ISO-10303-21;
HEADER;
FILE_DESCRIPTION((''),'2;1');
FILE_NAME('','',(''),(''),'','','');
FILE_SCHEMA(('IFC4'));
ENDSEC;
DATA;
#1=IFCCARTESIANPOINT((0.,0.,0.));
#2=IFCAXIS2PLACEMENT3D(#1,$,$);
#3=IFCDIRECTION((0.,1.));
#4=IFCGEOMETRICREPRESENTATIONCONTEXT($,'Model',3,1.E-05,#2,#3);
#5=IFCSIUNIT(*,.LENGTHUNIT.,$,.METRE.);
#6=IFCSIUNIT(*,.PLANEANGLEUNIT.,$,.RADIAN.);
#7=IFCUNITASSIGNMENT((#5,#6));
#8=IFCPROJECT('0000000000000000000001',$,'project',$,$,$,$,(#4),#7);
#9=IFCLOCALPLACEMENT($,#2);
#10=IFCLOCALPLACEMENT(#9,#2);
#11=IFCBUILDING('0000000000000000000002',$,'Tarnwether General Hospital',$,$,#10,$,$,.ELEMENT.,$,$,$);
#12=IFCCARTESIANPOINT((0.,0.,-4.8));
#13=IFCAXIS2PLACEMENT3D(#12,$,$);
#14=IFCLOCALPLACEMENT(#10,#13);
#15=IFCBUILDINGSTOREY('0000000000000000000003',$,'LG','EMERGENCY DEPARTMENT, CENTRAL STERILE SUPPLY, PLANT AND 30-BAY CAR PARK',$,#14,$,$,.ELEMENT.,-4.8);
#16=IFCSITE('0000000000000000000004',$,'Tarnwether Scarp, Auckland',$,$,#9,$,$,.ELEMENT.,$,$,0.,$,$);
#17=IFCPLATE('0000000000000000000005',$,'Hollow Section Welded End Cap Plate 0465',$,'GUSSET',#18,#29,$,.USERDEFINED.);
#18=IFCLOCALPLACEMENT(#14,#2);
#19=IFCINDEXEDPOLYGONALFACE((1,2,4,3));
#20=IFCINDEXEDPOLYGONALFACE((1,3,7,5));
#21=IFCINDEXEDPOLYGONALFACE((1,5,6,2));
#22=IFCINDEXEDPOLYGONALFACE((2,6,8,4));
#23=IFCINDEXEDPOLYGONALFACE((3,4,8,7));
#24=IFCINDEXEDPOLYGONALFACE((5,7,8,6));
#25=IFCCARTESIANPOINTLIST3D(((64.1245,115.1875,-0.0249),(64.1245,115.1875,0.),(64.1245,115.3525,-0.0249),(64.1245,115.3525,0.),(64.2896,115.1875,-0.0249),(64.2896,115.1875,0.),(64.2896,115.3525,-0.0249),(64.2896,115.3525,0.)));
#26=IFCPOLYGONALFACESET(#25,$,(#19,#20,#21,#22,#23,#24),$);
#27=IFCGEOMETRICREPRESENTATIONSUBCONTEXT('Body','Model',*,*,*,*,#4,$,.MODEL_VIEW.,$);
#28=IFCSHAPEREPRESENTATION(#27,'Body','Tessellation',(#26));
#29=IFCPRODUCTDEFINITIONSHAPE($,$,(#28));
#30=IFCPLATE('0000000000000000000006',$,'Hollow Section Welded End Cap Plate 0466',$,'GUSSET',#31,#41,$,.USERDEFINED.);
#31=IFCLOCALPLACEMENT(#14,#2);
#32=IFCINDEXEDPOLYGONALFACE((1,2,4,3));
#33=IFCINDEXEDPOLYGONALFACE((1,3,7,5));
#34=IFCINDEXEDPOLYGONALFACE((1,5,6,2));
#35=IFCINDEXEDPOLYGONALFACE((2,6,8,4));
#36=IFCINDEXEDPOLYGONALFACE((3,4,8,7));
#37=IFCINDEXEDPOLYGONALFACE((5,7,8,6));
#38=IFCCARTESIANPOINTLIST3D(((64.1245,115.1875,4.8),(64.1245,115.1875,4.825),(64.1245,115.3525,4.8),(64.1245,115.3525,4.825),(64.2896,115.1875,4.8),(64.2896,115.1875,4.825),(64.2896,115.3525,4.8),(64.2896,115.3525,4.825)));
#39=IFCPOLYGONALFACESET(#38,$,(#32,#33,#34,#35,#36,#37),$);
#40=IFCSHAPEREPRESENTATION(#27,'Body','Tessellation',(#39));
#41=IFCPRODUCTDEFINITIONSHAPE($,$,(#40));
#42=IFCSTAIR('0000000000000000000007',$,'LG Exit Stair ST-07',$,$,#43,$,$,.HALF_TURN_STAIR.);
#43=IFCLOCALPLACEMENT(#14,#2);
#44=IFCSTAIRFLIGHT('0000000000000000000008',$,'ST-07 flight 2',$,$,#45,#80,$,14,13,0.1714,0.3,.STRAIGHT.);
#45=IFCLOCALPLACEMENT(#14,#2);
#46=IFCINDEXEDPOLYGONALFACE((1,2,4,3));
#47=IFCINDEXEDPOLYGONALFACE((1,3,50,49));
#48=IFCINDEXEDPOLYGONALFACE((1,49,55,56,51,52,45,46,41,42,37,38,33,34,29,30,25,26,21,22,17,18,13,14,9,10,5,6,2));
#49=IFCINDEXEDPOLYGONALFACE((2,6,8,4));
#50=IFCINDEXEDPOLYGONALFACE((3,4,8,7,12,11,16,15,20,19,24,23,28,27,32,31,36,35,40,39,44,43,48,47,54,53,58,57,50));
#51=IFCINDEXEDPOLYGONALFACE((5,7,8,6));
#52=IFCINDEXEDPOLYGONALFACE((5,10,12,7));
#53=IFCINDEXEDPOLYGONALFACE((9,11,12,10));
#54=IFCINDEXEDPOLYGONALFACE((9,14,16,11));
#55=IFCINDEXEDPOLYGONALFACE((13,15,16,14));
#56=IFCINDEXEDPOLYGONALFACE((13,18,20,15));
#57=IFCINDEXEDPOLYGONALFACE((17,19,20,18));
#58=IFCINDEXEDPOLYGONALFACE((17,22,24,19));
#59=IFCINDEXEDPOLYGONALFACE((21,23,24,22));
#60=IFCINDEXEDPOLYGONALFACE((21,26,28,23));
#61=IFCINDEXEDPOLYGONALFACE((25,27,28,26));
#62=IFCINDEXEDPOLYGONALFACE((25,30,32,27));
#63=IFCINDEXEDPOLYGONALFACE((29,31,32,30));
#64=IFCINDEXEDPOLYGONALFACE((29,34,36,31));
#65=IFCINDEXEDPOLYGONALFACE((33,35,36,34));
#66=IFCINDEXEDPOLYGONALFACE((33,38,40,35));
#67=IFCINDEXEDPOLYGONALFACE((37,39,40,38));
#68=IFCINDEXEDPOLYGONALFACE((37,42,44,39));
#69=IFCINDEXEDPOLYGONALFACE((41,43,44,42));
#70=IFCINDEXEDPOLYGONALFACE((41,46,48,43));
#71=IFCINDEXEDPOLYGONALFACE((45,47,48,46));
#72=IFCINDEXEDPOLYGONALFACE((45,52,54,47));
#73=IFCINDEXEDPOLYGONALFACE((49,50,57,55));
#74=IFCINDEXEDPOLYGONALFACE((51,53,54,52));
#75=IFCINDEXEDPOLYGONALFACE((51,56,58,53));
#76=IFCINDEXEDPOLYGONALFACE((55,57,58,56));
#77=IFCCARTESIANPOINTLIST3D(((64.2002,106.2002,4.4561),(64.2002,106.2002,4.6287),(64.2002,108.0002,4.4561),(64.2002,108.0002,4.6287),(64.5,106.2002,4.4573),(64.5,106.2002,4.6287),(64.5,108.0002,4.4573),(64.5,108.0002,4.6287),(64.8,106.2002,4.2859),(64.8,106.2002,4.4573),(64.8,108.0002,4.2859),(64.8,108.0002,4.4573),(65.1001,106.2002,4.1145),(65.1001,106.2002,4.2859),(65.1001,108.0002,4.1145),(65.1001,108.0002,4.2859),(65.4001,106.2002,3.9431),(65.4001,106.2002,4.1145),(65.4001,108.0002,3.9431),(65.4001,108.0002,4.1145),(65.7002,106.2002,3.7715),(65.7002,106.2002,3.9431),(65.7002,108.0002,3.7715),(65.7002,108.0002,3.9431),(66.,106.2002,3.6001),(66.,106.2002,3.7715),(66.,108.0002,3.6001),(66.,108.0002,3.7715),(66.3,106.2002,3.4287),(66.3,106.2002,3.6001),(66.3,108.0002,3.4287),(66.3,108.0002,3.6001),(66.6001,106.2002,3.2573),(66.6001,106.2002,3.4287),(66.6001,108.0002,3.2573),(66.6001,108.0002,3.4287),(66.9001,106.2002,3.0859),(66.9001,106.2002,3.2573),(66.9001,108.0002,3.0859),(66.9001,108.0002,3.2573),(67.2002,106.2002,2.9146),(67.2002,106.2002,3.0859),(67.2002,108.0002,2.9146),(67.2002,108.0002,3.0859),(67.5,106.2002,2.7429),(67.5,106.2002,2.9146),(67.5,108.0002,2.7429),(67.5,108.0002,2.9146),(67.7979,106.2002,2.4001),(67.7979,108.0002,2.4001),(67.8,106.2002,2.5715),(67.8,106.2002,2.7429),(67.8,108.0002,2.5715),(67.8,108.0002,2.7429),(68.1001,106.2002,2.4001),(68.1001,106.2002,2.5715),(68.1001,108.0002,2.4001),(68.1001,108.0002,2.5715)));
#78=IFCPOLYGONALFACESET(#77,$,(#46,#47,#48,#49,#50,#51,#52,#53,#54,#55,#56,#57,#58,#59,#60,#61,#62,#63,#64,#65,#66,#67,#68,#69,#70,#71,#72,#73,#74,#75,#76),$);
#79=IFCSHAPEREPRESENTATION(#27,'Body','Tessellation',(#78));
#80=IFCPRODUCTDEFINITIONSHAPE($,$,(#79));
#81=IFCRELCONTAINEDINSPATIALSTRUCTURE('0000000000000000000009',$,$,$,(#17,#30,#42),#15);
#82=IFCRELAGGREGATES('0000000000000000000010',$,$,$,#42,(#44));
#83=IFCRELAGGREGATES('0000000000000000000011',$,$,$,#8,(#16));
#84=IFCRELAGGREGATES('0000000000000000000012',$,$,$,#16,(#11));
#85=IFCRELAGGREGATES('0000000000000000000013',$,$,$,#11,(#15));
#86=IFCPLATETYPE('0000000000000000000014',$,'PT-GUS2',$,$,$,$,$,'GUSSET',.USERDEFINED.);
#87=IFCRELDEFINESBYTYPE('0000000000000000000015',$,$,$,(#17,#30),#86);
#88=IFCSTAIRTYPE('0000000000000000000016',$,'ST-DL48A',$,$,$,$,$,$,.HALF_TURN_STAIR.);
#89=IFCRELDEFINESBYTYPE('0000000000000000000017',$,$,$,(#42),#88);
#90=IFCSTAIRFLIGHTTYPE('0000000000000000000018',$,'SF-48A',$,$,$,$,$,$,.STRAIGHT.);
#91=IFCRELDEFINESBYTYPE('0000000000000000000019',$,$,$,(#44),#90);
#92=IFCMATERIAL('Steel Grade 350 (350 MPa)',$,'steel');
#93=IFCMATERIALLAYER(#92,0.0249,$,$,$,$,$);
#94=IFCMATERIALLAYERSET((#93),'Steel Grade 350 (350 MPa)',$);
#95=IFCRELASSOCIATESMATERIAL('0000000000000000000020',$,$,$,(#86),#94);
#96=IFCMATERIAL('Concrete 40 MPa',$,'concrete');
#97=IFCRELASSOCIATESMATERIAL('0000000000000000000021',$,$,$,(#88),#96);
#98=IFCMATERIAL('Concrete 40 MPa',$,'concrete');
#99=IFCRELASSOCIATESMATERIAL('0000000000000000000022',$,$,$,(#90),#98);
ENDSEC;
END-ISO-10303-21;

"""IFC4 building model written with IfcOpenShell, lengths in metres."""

from ifc_helpers import new_model, si_unit, direction, frame, origin, origin_2d, place, context, subcontext, project, spatial, polyline, rectangle, outline, extrude, material, layer, layer_set, type_object, element, aggregate, save


model = new_model("IFC4")

# Units and contexts
model_context = context("Model", 3, precision=1e-05, world=origin(), true_north=direction((0.0, 1.0)))
body_context = subcontext(model_context, "Body", "Model", "MODEL_VIEW")
ifc_project = project(units=[si_unit("LENGTHUNIT", "METRE"), si_unit("PLANEANGLEUNIT", "RADIAN")], contexts=[model_context])

# Site, building, storey
site_placement = place(None, origin())
site = spatial("IfcSite", under=ifc_project, at=site_placement, Name="Tarnwether Scarp, Auckland", CompositionType="ELEMENT", RefElevation=0.0)
building_placement = place(site_placement, origin())
building = spatial("IfcBuilding", under=site, at=building_placement, Name="Tarnwether General Hospital", CompositionType="ELEMENT")
storey_placement = place(building_placement, frame((0.0, 0.0, -4.8)))
storey = spatial("IfcBuildingStorey", under=building, at=storey_placement, Name="LG", Description="EMERGENCY DEPARTMENT, CENTRAL STERILE SUPPLY, PLANT AND 30-BAY CAR PARK", CompositionType="ELEMENT", Elevation=-4.8)

# Plates
ifc_material_1 = material(Name="Steel Grade 350 (350 MPa)", Category="steel")
ifc_layer = layer(ifc_material_1, 0.0249)
ifc_layer_set = layer_set([ifc_layer], Name="Steel Grade 350 (350 MPa)")
plate_type = type_object("IfcPlateType", Name="PT-GUS2", ElementType="GUSSET", PredefinedType="USERDEFINED", material=ifc_layer_set)
for number, where, z_axis, x_axis, name in (
    (1, (64.207, 115.27, -0.0249), (0.0, 0.0, 1.0), (1.0, 0.0, 0.0), "Hollow Section Welded End Cap Plate 0465"),
    (2, (64.207, 115.27, 4.8), (0.0, 0.0, 1.0), (1.0, 0.0, 0.0), "Hollow Section Welded End Cap Plate 0466"),
):
    element("IfcPlate", number, at=place(storey_placement, frame(where, z_axis=z_axis, x_axis=x_axis)), inside=storey, type_object=plate_type, Name=name, ObjectType="GUSSET", PredefinedType="USERDEFINED", context=body_context, shape_type="SweptSolid", body=[
        extrude(rectangle(XDim=0.165, YDim=0.165, at=origin_2d()), origin(), (0.0, 0.0, 1.0), 0.0249),
    ])

# Stair, stair flight
ifc_material_2 = material(Name="Concrete 40 MPa", Category="concrete")
stair_type = type_object("IfcStairType", Name="ST-DL48A", PredefinedType="HALF_TURN_STAIR", material=ifc_material_2)
stair_placement = place(storey_placement, origin())
stair = element("IfcStair", 3, at=stair_placement, inside=storey, type_object=stair_type, Name="LG Exit Stair ST-07", PredefinedType="HALF_TURN_STAIR")
ifc_material_3 = material(Name="Concrete 40 MPa", Category="concrete")
stair_flight_type = type_object("IfcStairFlightType", Name="SF-48A", PredefinedType="STRAIGHT", material=ifc_material_3)
stair_flight_placement = place(storey_placement, frame((68.1001, 107.1001, 2.4001), z_axis=(0.0, 0.0, 1.0), x_axis=(-1.0, 0.0, 0.0)))
stair_flight = element("IfcStairFlight", 4, at=stair_flight_placement, type_object=stair_flight_type, Name="ST-07 flight 2", NumberOfRisers=14, NumberOfTreads=13, PredefinedType="STRAIGHT", RiserHeight=0.1714, TreadLength=0.3, context=body_context, shape_type="SweptSolid", body=[
    extrude(outline(polyline([(0.0, 0.0), (0.0, 0.1714), (0.3, 0.1714), (0.3, 0.3428), (0.6001, 0.3428), (0.6001, 0.5144), (0.8999, 0.5144), (0.8999, 0.6858), (1.2, 0.6858), (1.2, 0.8572), (1.5, 0.8572), (1.5, 1.0286), (1.8, 1.0286), (1.8, 1.2), (2.1001, 1.2), (2.1001, 1.3713), (2.3999, 1.3713), (2.3999, 1.543), (2.7, 1.543), (2.7, 1.7144), (3.0, 1.7144), (3.0, 1.8857), (3.3, 1.8857), (3.3, 2.0571), (3.6001, 2.0571), (3.6001, 2.2285), (3.8999, 2.2285), (3.8999, 2.3999), (3.8999, 2.0559), (0.3022, 0.0), (0.0, 0.0)])), frame((0.0, 0.8999, 0.0), z_axis=(0.0, -1.0, 0.0), x_axis=(1.0, 0.0, 0.0)), (0.0, 0.0, 1.0), 1.8),
])
aggregate(stair, [stair_flight])

save(model, "model.ifc")
